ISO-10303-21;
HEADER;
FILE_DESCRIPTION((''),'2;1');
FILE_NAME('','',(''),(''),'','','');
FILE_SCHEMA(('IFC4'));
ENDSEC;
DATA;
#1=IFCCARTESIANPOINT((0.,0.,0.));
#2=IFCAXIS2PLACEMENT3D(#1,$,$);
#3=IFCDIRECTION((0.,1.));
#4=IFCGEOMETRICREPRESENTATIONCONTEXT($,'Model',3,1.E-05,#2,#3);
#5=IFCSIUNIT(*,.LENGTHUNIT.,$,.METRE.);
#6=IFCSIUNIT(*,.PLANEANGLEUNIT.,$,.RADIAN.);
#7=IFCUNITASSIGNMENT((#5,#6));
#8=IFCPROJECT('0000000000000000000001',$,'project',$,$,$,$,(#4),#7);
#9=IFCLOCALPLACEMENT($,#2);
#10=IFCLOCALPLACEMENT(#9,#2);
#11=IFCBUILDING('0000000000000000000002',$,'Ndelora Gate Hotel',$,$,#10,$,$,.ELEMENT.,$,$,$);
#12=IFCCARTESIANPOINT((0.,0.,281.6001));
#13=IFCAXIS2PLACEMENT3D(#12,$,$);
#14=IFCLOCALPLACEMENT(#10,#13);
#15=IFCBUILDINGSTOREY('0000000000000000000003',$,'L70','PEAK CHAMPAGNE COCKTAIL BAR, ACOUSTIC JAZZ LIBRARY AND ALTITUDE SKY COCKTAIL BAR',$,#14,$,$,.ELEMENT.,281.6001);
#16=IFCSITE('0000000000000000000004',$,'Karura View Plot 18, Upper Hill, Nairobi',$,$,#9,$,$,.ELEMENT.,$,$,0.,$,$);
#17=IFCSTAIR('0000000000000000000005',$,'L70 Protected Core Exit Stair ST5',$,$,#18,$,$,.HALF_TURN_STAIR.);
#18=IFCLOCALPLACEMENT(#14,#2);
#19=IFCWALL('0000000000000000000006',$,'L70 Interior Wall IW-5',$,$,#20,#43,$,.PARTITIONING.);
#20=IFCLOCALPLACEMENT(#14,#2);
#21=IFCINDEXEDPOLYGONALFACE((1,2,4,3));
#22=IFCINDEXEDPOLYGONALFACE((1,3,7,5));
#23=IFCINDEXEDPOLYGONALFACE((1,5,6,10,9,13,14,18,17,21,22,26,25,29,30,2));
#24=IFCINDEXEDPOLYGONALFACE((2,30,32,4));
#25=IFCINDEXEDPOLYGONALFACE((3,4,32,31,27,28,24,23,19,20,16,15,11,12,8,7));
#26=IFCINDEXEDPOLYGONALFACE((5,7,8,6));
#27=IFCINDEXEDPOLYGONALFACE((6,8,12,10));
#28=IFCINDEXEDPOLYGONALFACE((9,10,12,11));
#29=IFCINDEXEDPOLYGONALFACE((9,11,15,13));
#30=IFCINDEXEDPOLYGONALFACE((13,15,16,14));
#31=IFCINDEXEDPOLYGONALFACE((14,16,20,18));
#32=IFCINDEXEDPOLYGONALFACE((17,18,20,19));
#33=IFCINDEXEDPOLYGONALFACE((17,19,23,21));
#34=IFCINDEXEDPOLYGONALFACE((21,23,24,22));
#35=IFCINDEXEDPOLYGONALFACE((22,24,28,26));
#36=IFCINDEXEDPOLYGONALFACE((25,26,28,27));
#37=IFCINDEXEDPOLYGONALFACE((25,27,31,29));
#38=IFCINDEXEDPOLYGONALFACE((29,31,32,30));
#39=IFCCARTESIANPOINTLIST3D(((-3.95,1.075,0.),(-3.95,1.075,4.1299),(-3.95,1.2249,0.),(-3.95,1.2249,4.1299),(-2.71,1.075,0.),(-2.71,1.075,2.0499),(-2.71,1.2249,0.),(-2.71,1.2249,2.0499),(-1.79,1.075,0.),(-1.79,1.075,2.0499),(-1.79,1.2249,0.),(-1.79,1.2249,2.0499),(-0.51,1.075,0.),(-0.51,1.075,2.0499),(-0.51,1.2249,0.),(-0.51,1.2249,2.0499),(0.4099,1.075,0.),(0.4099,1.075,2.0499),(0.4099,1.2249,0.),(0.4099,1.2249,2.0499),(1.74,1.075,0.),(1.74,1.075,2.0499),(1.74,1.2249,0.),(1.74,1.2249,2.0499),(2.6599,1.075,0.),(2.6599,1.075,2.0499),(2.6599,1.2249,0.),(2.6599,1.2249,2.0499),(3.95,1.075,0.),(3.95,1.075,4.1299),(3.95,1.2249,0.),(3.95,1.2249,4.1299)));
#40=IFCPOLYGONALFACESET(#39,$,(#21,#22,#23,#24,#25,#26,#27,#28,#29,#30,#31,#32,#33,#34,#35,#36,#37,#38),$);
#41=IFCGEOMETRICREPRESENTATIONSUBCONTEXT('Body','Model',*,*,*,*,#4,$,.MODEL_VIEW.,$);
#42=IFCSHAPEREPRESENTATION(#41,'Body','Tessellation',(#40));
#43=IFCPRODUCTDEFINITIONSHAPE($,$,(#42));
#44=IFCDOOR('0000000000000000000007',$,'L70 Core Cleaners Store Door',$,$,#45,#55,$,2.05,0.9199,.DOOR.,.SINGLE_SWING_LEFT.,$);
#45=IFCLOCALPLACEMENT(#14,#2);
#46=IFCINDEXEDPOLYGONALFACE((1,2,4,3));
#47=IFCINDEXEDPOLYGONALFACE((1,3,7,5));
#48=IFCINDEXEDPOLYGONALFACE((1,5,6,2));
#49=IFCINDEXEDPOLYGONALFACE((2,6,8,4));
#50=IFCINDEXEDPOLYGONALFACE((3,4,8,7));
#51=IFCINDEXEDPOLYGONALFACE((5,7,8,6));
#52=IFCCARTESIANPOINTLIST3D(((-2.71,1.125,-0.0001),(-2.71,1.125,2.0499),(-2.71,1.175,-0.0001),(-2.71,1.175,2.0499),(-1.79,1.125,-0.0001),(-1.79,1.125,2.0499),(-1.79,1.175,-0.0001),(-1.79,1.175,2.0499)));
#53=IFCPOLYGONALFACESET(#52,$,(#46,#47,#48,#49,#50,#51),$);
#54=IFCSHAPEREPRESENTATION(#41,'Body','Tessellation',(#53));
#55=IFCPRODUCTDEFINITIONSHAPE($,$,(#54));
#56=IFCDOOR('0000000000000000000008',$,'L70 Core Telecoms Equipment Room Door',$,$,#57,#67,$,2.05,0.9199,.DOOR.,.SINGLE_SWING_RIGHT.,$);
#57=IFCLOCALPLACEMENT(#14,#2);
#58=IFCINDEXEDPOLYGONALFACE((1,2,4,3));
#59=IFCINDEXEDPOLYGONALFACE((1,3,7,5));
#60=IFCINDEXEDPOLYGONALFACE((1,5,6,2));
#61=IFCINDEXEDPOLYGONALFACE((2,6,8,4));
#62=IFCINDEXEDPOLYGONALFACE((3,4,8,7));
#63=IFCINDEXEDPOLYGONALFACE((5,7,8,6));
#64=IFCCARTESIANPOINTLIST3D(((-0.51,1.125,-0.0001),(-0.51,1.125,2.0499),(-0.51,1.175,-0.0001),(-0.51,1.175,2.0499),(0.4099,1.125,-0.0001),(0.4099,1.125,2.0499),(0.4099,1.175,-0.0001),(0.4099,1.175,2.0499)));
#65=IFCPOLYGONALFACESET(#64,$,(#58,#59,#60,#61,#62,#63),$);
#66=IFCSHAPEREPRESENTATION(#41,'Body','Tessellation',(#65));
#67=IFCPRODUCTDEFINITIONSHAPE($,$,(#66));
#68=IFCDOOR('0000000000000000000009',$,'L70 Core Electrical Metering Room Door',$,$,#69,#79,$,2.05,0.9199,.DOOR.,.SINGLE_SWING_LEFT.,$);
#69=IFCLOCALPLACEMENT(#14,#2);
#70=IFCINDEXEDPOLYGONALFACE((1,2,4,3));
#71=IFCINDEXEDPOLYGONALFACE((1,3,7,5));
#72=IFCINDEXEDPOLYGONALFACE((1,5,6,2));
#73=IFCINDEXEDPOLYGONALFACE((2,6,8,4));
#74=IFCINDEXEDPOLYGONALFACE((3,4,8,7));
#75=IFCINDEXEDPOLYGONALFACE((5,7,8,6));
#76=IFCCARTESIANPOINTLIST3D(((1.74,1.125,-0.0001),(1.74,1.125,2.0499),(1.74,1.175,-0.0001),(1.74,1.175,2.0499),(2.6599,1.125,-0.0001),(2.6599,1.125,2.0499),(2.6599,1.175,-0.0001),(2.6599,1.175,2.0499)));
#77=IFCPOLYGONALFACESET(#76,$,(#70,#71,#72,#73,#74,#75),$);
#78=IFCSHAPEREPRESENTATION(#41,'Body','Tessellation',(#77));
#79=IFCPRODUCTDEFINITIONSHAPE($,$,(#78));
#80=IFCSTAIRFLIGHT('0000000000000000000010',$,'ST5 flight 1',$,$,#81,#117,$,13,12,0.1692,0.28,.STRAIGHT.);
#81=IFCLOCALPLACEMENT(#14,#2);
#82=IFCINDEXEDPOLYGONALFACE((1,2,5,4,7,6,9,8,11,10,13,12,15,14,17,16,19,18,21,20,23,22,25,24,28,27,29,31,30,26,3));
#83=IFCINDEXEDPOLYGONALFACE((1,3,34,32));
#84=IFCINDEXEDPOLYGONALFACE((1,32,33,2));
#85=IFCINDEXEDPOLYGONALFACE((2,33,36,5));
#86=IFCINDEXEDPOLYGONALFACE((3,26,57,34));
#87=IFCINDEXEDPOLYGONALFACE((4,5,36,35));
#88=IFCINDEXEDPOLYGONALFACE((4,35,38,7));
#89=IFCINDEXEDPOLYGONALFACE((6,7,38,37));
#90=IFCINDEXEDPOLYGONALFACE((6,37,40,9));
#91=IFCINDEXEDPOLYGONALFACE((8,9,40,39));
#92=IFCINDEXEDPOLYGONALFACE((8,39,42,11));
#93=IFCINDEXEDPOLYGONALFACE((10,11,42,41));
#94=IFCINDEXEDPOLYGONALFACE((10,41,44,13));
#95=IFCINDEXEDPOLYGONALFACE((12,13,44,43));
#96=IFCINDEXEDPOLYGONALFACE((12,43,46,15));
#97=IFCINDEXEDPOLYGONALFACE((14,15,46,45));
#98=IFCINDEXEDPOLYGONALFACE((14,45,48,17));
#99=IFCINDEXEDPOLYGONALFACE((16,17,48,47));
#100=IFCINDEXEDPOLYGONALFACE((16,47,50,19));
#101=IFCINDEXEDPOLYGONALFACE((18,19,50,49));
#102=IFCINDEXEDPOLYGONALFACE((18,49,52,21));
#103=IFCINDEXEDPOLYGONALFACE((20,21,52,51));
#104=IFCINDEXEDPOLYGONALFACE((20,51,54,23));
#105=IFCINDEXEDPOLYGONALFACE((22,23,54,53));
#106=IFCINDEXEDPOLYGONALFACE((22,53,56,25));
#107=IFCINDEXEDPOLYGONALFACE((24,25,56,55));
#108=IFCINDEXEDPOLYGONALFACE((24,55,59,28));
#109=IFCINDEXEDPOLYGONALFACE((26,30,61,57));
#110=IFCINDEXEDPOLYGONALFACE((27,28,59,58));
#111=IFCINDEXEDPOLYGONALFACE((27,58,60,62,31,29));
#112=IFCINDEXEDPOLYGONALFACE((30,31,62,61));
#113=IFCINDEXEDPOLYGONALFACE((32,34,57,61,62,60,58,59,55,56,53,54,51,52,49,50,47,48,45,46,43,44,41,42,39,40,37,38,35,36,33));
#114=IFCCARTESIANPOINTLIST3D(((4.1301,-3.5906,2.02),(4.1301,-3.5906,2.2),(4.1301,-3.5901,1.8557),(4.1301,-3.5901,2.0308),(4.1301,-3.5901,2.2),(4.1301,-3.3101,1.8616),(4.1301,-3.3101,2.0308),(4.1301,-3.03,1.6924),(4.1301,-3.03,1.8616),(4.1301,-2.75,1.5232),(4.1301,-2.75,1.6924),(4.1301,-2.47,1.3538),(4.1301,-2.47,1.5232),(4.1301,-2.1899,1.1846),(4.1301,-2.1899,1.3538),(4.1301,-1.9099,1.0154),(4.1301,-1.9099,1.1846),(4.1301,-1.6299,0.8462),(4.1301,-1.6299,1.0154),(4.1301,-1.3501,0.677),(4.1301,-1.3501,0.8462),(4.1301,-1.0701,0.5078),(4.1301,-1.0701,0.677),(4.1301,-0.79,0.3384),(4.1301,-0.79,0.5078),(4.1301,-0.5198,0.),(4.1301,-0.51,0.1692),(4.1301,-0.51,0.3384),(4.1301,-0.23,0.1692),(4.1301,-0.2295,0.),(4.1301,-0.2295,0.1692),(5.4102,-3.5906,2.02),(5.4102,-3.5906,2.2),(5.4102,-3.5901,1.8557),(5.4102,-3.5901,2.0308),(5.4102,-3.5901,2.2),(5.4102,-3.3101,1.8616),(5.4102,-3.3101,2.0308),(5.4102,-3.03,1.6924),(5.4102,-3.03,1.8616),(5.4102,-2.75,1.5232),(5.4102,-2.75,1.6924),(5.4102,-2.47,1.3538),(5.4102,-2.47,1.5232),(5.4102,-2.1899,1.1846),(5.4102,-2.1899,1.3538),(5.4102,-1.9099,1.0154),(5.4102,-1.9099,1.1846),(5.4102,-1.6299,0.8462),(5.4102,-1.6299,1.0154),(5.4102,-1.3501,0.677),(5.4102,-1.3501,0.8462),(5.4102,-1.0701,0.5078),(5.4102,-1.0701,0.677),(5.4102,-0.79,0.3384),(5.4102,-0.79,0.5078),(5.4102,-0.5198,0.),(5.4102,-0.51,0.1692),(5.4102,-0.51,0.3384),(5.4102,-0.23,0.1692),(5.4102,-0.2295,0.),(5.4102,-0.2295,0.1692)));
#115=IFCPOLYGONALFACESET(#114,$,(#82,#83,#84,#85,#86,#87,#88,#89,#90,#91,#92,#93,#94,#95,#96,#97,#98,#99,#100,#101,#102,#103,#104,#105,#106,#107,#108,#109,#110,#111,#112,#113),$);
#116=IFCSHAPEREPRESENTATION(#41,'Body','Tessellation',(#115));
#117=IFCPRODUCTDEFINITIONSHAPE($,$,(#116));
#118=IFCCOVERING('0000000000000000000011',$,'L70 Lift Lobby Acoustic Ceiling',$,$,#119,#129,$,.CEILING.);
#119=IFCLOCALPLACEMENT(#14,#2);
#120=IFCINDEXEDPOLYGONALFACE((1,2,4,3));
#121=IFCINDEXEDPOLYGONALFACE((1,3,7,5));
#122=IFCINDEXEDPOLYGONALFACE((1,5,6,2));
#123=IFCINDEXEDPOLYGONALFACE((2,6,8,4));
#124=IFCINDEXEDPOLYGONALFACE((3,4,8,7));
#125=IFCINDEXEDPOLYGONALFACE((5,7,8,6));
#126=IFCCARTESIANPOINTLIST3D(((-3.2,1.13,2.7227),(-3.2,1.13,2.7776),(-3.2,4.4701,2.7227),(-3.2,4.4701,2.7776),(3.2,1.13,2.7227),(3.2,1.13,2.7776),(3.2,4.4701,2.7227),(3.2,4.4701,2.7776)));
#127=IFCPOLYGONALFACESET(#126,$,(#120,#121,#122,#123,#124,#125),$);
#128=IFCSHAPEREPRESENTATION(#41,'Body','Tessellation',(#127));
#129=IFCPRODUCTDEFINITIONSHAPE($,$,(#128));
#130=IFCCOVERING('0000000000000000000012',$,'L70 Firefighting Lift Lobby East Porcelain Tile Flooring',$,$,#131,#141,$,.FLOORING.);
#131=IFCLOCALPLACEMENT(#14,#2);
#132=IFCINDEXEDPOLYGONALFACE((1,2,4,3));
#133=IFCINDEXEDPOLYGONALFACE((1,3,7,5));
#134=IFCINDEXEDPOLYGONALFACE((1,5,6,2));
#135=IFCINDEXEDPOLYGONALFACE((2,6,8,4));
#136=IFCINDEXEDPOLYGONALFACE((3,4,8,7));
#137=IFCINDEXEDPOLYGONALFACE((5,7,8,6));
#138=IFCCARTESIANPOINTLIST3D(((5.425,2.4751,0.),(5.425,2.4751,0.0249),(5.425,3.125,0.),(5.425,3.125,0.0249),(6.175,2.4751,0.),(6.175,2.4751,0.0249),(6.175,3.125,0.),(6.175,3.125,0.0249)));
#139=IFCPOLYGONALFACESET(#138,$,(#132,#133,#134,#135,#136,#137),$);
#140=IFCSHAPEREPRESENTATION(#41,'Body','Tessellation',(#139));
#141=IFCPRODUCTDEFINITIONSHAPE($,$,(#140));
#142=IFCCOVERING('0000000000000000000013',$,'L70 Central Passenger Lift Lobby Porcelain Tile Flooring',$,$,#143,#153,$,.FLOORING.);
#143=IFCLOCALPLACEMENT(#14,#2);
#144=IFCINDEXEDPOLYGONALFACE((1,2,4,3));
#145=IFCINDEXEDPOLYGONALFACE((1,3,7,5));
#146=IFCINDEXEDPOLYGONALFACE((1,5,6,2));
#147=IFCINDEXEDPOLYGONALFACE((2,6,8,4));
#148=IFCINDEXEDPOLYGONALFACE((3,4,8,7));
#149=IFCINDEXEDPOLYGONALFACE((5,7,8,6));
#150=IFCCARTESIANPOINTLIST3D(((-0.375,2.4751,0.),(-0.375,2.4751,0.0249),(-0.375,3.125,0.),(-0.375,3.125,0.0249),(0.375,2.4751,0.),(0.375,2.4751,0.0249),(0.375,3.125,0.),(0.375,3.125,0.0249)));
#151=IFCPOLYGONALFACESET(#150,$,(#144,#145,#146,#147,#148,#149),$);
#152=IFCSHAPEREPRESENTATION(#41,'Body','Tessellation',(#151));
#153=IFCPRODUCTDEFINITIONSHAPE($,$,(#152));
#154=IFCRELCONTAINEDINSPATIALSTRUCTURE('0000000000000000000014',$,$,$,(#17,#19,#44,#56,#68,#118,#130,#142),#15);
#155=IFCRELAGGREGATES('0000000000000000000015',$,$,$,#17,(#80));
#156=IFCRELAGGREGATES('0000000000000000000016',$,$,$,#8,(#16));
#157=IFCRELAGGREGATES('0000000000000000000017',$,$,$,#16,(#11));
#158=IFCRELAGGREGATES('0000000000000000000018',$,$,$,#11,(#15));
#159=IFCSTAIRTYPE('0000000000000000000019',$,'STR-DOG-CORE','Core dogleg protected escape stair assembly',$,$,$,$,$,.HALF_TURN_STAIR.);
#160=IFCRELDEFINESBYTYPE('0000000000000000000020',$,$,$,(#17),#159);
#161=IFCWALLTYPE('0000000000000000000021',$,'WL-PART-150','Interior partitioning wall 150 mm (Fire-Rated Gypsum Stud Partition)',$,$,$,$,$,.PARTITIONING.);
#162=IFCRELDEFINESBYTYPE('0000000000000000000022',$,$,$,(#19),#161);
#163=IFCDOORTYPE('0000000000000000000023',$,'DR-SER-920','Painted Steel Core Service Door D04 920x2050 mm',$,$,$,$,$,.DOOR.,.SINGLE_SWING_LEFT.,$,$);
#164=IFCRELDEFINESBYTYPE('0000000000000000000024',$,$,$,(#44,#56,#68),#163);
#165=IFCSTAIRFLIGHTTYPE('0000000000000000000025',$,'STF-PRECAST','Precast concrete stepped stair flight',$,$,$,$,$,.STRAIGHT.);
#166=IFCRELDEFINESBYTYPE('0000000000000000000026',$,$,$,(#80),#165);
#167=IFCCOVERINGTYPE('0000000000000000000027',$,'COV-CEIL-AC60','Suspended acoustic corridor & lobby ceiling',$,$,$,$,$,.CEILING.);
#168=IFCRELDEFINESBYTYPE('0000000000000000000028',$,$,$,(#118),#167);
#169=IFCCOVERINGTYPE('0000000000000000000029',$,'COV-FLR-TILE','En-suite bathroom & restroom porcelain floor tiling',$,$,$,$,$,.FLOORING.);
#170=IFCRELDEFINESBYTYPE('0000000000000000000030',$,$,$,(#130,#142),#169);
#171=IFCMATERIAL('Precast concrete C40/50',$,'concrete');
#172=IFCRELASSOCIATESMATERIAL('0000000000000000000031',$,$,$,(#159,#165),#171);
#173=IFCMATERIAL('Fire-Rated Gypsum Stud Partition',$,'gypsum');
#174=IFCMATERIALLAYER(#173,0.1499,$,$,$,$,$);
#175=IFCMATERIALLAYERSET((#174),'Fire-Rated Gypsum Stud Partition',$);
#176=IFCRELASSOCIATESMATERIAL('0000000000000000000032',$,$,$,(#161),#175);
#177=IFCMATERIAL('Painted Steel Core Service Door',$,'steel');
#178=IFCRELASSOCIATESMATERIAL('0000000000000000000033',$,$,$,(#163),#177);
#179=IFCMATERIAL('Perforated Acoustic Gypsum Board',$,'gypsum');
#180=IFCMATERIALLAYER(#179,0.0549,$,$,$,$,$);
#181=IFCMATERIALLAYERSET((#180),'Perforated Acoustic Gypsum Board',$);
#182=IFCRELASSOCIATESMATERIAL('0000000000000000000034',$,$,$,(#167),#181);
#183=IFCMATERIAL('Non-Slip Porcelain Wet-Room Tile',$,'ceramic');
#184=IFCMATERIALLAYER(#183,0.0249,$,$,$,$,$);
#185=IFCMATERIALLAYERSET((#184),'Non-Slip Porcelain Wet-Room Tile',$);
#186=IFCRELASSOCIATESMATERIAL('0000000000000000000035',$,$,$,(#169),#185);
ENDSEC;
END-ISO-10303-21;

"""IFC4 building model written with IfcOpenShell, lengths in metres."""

from ifc_helpers import new_model, si_unit, direction, frame, frame_2d, origin, origin_2d, place, context, subcontext, project, spatial, polyline, rectangle, outline, extrude, material, layer, layer_set, type_object, element, fill, aggregate, save


model = new_model("IFC4")

# Units and contexts
model_context = context("Model", 3, precision=1e-05, world=origin(), true_north=direction((0.0, 1.0)))
body_context = subcontext(model_context, "Body", "Model", "MODEL_VIEW")
ifc_project = project(units=[si_unit("LENGTHUNIT", "METRE"), si_unit("PLANEANGLEUNIT", "RADIAN")], contexts=[model_context])

# Site, building, storey
site_placement = place(None, origin())
site = spatial("IfcSite", under=ifc_project, at=site_placement, Name="Karura View Plot 18, Upper Hill, Nairobi", CompositionType="ELEMENT", RefElevation=0.0)
building_placement = place(site_placement, origin())
building = spatial("IfcBuilding", under=site, at=building_placement, Name="Ndelora Gate Hotel", CompositionType="ELEMENT")
storey_placement = place(building_placement, frame((0.0, 0.0, 281.6001)))
storey = spatial("IfcBuildingStorey", under=building, at=storey_placement, Name="L70", Description="PEAK CHAMPAGNE COCKTAIL BAR, ACOUSTIC JAZZ LIBRARY AND ALTITUDE SKY COCKTAIL BAR", CompositionType="ELEMENT", Elevation=281.6001)

# Stair
ifc_material_1 = material(Name="Precast concrete C40/50", Category="concrete")
stair_type = type_object("IfcStairType", Name="STR-DOG-CORE", Description="Core dogleg protected escape stair assembly", PredefinedType="HALF_TURN_STAIR", material=ifc_material_1)
stair_1_placement = place(storey_placement, origin())
stair_1 = element("IfcStair", 1, at=stair_1_placement, inside=storey, type_object=stair_type, Name="L70 Protected Core Exit Stair ST5", PredefinedType="HALF_TURN_STAIR")

# Wall, openings, doors
ifc_material_2 = material(Name="Fire-Rated Gypsum Stud Partition", Category="gypsum")
ifc_layer_1 = layer(ifc_material_2, 0.1499)
ifc_layer_set_1 = layer_set([ifc_layer_1], Name="Fire-Rated Gypsum Stud Partition")
wall_type_1 = type_object("IfcWallType", Name="WL-PART-150", Description="Interior partitioning wall 150 mm (Fire-Rated Gypsum Stud Partition)", PredefinedType="PARTITIONING", material=ifc_layer_set_1)
wall_1_placement = place(storey_placement, frame((3.95, 1.1499, 0.0), z_axis=(0.0, 0.0, 1.0), x_axis=(-1.0, 0.0, 0.0)))
wall_1 = element("IfcWall", 2, at=wall_1_placement, inside=storey, type_object=wall_type_1, Name="L70 Interior Wall IW-5", PredefinedType="PARTITIONING", context=body_context, shape_type="SweptSolid", body=[
    extrude(rectangle(XDim=7.8999, YDim=0.1499, at=frame_2d((3.95, 0.0))), origin(), (0.0, 0.0, 1.0), 4.1299),
])
opening_1_placement = place(wall_1_placement, frame((5.74, 0.0, 0.0)))
opening_1 = element("IfcOpeningElement", 3, at=opening_1_placement, cuts=wall_1, PredefinedType="OPENING", context=body_context, shape_type="SweptSolid", body=[
    extrude(rectangle(XDim=0.9199, YDim=2.05, at=frame_2d((0.46, 1.0249))), frame((0.0, 0.085, 0.0), z_axis=(0.0, -1.0, 0.0), x_axis=(1.0, 0.0, 0.0)), (0.0, 0.0, 1.0), 0.1699),
])
opening_2_placement = place(wall_1_placement, frame((3.54, 0.0, 0.0)))
opening_2 = element("IfcOpeningElement", 4, at=opening_2_placement, cuts=wall_1, PredefinedType="OPENING", context=body_context, shape_type="SweptSolid", body=[
    extrude(rectangle(XDim=0.9199, YDim=2.05, at=frame_2d((0.46, 1.0249))), frame((0.0, 0.085, 0.0), z_axis=(0.0, -1.0, 0.0), x_axis=(1.0, 0.0, 0.0)), (0.0, 0.0, 1.0), 0.1699),
])
opening_3_placement = place(wall_1_placement, frame((1.29, 0.0, 0.0)))
opening_3 = element("IfcOpeningElement", 5, at=opening_3_placement, cuts=wall_1, PredefinedType="OPENING", context=body_context, shape_type="SweptSolid", body=[
    extrude(rectangle(XDim=0.9199, YDim=2.05, at=frame_2d((0.46, 1.0249))), frame((0.0, 0.085, 0.0), z_axis=(0.0, -1.0, 0.0), x_axis=(1.0, 0.0, 0.0)), (0.0, 0.0, 1.0), 0.1699),
])
ifc_material_3 = material(Name="Painted Steel Core Service Door", Category="steel")
door_type_1 = type_object("IfcDoorType", Name="DR-SER-920", Description="Painted Steel Core Service Door D04 920x2050 mm", OperationType="SINGLE_SWING_LEFT", PredefinedType="DOOR", material=ifc_material_3)
door_1_placement = place(opening_1_placement, origin())
door_1 = element("IfcDoor", 6, at=door_1_placement, inside=storey, type_object=door_type_1, Name="L70 Core Cleaners Store Door", OperationType="SINGLE_SWING_LEFT", OverallHeight=2.05, OverallWidth=0.9199, PredefinedType="DOOR", context=body_context, shape_type="SweptSolid", body=[
    extrude(rectangle(XDim=0.9199, YDim=2.05, at=frame_2d((0.46, 1.0249))), frame((0.0, 0.0249, 0.0), z_axis=(0.0, -1.0, 0.0), x_axis=(1.0, 0.0, 0.0)), (0.0, 0.0, 1.0), 0.05),
])
fill(opening_1, door_1)
door_2_placement = place(opening_2_placement, origin())
door_2 = element("IfcDoor", 7, at=door_2_placement, inside=storey, type_object=door_type_1, Name="L70 Core Telecoms Equipment Room Door", OperationType="SINGLE_SWING_RIGHT", OverallHeight=2.05, OverallWidth=0.9199, PredefinedType="DOOR", context=body_context, shape_type="SweptSolid", body=[
    extrude(rectangle(XDim=0.9199, YDim=2.05, at=frame_2d((0.46, 1.0249))), frame((0.0, 0.0249, 0.0), z_axis=(0.0, -1.0, 0.0), x_axis=(1.0, 0.0, 0.0)), (0.0, 0.0, 1.0), 0.05),
])
fill(opening_2, door_2)
door_3_placement = place(opening_3_placement, origin())
door_3 = element("IfcDoor", 8, at=door_3_placement, inside=storey, type_object=door_type_1, Name="L70 Core Electrical Metering Room Door", OperationType="SINGLE_SWING_LEFT", OverallHeight=2.05, OverallWidth=0.9199, PredefinedType="DOOR", context=body_context, shape_type="SweptSolid", body=[
    extrude(rectangle(XDim=0.9199, YDim=2.05, at=frame_2d((0.46, 1.0249))), frame((0.0, 0.0249, 0.0), z_axis=(0.0, -1.0, 0.0), x_axis=(1.0, 0.0, 0.0)), (0.0, 0.0, 1.0), 0.05),
])
fill(opening_3, door_3)

# Stair flight
stair_flight_type = type_object("IfcStairFlightType", Name="STF-PRECAST", Description="Precast concrete stepped stair flight", PredefinedType="STRAIGHT", material=ifc_material_1)
stair_flight_placement = place(storey_placement, frame((4.77, -0.23, 0.0), z_axis=(0.0, 0.0, 1.0), x_axis=(0.0, -1.0, 0.0)))
stair_flight = element("IfcStairFlight", 9, at=stair_flight_placement, type_object=stair_flight_type, Name="ST5 flight 1", NumberOfRisers=13, NumberOfTreads=12, PredefinedType="STRAIGHT", RiserHeight=0.1692, TreadLength=0.28, context=body_context, shape_type="SweptSolid", body=[
    extrude(outline(polyline([(-0.0005, 0.0), (-0.0005, 0.1692), (0.0, 0.1692), (0.28, 0.1692), (0.28, 0.3384), (0.5601, 0.3384), (0.5601, 0.5078), (0.8401, 0.5078), (0.8401, 0.677), (1.1201, 0.677), (1.1201, 0.8462), (1.3999, 0.8462), (1.3999, 1.0154), (1.6799, 1.0154), (1.6799, 1.1846), (1.96, 1.1846), (1.96, 1.3538), (2.24, 1.3538), (2.24, 1.5232), (2.52, 1.5232), (2.52, 1.6924), (2.8, 1.6924), (2.8, 1.8616), (3.0801, 1.8616), (3.0801, 2.0308), (3.3601, 2.0308), (3.3601, 2.2), (3.3606, 2.2), (3.3606, 2.02), (3.3601, 1.8557), (0.2898, 0.0), (-0.0005, 0.0)])), frame((0.0, 0.6401, 0.0), z_axis=(0.0, -1.0, 0.0), x_axis=(1.0, 0.0, 0.0)), (0.0, 0.0, 1.0), 1.28),
])
aggregate(stair_1, [stair_flight])

# Coverings
ifc_material_4 = material(Name="Perforated Acoustic Gypsum Board", Category="gypsum")
ifc_layer_2 = layer(ifc_material_4, 0.0549)
ifc_layer_set_2 = layer_set([ifc_layer_2], Name="Perforated Acoustic Gypsum Board")
covering_type_1 = type_object("IfcCoveringType", Name="COV-CEIL-AC60", Description="Suspended acoustic corridor & lobby ceiling", PredefinedType="CEILING", material=ifc_layer_set_2)
covering_placement = place(storey_placement, frame((0.0, 2.8, 2.7227), z_axis=(0.0, 0.0, 1.0), x_axis=(1.0, 0.0, 0.0)))
element("IfcCovering", 10, at=covering_placement, inside=storey, type_object=covering_type_1, Name="L70 Lift Lobby Acoustic Ceiling", PredefinedType="CEILING", context=body_context, shape_type="SweptSolid", body=[
    extrude(rectangle(XDim=6.3999, YDim=3.3401, at=origin_2d()), origin(), (0.0, 0.0, 1.0), 0.0549),
])
ifc_material_5 = material(Name="Non-Slip Porcelain Wet-Room Tile", Category="ceramic")
ifc_layer_3 = layer(ifc_material_5, 0.0249)
ifc_layer_set_3 = layer_set([ifc_layer_3], Name="Non-Slip Porcelain Wet-Room Tile")
covering_type_2 = type_object("IfcCoveringType", Name="COV-FLR-TILE", Description="En-suite bathroom & restroom porcelain floor tiling", PredefinedType="FLOORING", material=ifc_layer_set_3)
for number, where, z_axis, x_axis, name in (
    (11, (5.8, 2.8, 0.0), (0.0, 0.0, 1.0), (1.0, 0.0, 0.0), "L70 Firefighting Lift Lobby East Porcelain Tile Flooring"),
    (12, (0.0, 2.8, 0.0), (0.0, 0.0, 1.0), (1.0, 0.0, 0.0), "L70 Central Passenger Lift Lobby Porcelain Tile Flooring"),
):
    element("IfcCovering", number, at=place(storey_placement, frame(where, z_axis=z_axis, x_axis=x_axis)), inside=storey, type_object=covering_type_2, Name=name, PredefinedType="FLOORING", context=body_context, shape_type="SweptSolid", body=[
        extrude(rectangle(XDim=0.75, YDim=0.6499, at=origin_2d()), origin(), (0.0, 0.0, 1.0), 0.0249),
    ])

save(model, "model.ifc")
